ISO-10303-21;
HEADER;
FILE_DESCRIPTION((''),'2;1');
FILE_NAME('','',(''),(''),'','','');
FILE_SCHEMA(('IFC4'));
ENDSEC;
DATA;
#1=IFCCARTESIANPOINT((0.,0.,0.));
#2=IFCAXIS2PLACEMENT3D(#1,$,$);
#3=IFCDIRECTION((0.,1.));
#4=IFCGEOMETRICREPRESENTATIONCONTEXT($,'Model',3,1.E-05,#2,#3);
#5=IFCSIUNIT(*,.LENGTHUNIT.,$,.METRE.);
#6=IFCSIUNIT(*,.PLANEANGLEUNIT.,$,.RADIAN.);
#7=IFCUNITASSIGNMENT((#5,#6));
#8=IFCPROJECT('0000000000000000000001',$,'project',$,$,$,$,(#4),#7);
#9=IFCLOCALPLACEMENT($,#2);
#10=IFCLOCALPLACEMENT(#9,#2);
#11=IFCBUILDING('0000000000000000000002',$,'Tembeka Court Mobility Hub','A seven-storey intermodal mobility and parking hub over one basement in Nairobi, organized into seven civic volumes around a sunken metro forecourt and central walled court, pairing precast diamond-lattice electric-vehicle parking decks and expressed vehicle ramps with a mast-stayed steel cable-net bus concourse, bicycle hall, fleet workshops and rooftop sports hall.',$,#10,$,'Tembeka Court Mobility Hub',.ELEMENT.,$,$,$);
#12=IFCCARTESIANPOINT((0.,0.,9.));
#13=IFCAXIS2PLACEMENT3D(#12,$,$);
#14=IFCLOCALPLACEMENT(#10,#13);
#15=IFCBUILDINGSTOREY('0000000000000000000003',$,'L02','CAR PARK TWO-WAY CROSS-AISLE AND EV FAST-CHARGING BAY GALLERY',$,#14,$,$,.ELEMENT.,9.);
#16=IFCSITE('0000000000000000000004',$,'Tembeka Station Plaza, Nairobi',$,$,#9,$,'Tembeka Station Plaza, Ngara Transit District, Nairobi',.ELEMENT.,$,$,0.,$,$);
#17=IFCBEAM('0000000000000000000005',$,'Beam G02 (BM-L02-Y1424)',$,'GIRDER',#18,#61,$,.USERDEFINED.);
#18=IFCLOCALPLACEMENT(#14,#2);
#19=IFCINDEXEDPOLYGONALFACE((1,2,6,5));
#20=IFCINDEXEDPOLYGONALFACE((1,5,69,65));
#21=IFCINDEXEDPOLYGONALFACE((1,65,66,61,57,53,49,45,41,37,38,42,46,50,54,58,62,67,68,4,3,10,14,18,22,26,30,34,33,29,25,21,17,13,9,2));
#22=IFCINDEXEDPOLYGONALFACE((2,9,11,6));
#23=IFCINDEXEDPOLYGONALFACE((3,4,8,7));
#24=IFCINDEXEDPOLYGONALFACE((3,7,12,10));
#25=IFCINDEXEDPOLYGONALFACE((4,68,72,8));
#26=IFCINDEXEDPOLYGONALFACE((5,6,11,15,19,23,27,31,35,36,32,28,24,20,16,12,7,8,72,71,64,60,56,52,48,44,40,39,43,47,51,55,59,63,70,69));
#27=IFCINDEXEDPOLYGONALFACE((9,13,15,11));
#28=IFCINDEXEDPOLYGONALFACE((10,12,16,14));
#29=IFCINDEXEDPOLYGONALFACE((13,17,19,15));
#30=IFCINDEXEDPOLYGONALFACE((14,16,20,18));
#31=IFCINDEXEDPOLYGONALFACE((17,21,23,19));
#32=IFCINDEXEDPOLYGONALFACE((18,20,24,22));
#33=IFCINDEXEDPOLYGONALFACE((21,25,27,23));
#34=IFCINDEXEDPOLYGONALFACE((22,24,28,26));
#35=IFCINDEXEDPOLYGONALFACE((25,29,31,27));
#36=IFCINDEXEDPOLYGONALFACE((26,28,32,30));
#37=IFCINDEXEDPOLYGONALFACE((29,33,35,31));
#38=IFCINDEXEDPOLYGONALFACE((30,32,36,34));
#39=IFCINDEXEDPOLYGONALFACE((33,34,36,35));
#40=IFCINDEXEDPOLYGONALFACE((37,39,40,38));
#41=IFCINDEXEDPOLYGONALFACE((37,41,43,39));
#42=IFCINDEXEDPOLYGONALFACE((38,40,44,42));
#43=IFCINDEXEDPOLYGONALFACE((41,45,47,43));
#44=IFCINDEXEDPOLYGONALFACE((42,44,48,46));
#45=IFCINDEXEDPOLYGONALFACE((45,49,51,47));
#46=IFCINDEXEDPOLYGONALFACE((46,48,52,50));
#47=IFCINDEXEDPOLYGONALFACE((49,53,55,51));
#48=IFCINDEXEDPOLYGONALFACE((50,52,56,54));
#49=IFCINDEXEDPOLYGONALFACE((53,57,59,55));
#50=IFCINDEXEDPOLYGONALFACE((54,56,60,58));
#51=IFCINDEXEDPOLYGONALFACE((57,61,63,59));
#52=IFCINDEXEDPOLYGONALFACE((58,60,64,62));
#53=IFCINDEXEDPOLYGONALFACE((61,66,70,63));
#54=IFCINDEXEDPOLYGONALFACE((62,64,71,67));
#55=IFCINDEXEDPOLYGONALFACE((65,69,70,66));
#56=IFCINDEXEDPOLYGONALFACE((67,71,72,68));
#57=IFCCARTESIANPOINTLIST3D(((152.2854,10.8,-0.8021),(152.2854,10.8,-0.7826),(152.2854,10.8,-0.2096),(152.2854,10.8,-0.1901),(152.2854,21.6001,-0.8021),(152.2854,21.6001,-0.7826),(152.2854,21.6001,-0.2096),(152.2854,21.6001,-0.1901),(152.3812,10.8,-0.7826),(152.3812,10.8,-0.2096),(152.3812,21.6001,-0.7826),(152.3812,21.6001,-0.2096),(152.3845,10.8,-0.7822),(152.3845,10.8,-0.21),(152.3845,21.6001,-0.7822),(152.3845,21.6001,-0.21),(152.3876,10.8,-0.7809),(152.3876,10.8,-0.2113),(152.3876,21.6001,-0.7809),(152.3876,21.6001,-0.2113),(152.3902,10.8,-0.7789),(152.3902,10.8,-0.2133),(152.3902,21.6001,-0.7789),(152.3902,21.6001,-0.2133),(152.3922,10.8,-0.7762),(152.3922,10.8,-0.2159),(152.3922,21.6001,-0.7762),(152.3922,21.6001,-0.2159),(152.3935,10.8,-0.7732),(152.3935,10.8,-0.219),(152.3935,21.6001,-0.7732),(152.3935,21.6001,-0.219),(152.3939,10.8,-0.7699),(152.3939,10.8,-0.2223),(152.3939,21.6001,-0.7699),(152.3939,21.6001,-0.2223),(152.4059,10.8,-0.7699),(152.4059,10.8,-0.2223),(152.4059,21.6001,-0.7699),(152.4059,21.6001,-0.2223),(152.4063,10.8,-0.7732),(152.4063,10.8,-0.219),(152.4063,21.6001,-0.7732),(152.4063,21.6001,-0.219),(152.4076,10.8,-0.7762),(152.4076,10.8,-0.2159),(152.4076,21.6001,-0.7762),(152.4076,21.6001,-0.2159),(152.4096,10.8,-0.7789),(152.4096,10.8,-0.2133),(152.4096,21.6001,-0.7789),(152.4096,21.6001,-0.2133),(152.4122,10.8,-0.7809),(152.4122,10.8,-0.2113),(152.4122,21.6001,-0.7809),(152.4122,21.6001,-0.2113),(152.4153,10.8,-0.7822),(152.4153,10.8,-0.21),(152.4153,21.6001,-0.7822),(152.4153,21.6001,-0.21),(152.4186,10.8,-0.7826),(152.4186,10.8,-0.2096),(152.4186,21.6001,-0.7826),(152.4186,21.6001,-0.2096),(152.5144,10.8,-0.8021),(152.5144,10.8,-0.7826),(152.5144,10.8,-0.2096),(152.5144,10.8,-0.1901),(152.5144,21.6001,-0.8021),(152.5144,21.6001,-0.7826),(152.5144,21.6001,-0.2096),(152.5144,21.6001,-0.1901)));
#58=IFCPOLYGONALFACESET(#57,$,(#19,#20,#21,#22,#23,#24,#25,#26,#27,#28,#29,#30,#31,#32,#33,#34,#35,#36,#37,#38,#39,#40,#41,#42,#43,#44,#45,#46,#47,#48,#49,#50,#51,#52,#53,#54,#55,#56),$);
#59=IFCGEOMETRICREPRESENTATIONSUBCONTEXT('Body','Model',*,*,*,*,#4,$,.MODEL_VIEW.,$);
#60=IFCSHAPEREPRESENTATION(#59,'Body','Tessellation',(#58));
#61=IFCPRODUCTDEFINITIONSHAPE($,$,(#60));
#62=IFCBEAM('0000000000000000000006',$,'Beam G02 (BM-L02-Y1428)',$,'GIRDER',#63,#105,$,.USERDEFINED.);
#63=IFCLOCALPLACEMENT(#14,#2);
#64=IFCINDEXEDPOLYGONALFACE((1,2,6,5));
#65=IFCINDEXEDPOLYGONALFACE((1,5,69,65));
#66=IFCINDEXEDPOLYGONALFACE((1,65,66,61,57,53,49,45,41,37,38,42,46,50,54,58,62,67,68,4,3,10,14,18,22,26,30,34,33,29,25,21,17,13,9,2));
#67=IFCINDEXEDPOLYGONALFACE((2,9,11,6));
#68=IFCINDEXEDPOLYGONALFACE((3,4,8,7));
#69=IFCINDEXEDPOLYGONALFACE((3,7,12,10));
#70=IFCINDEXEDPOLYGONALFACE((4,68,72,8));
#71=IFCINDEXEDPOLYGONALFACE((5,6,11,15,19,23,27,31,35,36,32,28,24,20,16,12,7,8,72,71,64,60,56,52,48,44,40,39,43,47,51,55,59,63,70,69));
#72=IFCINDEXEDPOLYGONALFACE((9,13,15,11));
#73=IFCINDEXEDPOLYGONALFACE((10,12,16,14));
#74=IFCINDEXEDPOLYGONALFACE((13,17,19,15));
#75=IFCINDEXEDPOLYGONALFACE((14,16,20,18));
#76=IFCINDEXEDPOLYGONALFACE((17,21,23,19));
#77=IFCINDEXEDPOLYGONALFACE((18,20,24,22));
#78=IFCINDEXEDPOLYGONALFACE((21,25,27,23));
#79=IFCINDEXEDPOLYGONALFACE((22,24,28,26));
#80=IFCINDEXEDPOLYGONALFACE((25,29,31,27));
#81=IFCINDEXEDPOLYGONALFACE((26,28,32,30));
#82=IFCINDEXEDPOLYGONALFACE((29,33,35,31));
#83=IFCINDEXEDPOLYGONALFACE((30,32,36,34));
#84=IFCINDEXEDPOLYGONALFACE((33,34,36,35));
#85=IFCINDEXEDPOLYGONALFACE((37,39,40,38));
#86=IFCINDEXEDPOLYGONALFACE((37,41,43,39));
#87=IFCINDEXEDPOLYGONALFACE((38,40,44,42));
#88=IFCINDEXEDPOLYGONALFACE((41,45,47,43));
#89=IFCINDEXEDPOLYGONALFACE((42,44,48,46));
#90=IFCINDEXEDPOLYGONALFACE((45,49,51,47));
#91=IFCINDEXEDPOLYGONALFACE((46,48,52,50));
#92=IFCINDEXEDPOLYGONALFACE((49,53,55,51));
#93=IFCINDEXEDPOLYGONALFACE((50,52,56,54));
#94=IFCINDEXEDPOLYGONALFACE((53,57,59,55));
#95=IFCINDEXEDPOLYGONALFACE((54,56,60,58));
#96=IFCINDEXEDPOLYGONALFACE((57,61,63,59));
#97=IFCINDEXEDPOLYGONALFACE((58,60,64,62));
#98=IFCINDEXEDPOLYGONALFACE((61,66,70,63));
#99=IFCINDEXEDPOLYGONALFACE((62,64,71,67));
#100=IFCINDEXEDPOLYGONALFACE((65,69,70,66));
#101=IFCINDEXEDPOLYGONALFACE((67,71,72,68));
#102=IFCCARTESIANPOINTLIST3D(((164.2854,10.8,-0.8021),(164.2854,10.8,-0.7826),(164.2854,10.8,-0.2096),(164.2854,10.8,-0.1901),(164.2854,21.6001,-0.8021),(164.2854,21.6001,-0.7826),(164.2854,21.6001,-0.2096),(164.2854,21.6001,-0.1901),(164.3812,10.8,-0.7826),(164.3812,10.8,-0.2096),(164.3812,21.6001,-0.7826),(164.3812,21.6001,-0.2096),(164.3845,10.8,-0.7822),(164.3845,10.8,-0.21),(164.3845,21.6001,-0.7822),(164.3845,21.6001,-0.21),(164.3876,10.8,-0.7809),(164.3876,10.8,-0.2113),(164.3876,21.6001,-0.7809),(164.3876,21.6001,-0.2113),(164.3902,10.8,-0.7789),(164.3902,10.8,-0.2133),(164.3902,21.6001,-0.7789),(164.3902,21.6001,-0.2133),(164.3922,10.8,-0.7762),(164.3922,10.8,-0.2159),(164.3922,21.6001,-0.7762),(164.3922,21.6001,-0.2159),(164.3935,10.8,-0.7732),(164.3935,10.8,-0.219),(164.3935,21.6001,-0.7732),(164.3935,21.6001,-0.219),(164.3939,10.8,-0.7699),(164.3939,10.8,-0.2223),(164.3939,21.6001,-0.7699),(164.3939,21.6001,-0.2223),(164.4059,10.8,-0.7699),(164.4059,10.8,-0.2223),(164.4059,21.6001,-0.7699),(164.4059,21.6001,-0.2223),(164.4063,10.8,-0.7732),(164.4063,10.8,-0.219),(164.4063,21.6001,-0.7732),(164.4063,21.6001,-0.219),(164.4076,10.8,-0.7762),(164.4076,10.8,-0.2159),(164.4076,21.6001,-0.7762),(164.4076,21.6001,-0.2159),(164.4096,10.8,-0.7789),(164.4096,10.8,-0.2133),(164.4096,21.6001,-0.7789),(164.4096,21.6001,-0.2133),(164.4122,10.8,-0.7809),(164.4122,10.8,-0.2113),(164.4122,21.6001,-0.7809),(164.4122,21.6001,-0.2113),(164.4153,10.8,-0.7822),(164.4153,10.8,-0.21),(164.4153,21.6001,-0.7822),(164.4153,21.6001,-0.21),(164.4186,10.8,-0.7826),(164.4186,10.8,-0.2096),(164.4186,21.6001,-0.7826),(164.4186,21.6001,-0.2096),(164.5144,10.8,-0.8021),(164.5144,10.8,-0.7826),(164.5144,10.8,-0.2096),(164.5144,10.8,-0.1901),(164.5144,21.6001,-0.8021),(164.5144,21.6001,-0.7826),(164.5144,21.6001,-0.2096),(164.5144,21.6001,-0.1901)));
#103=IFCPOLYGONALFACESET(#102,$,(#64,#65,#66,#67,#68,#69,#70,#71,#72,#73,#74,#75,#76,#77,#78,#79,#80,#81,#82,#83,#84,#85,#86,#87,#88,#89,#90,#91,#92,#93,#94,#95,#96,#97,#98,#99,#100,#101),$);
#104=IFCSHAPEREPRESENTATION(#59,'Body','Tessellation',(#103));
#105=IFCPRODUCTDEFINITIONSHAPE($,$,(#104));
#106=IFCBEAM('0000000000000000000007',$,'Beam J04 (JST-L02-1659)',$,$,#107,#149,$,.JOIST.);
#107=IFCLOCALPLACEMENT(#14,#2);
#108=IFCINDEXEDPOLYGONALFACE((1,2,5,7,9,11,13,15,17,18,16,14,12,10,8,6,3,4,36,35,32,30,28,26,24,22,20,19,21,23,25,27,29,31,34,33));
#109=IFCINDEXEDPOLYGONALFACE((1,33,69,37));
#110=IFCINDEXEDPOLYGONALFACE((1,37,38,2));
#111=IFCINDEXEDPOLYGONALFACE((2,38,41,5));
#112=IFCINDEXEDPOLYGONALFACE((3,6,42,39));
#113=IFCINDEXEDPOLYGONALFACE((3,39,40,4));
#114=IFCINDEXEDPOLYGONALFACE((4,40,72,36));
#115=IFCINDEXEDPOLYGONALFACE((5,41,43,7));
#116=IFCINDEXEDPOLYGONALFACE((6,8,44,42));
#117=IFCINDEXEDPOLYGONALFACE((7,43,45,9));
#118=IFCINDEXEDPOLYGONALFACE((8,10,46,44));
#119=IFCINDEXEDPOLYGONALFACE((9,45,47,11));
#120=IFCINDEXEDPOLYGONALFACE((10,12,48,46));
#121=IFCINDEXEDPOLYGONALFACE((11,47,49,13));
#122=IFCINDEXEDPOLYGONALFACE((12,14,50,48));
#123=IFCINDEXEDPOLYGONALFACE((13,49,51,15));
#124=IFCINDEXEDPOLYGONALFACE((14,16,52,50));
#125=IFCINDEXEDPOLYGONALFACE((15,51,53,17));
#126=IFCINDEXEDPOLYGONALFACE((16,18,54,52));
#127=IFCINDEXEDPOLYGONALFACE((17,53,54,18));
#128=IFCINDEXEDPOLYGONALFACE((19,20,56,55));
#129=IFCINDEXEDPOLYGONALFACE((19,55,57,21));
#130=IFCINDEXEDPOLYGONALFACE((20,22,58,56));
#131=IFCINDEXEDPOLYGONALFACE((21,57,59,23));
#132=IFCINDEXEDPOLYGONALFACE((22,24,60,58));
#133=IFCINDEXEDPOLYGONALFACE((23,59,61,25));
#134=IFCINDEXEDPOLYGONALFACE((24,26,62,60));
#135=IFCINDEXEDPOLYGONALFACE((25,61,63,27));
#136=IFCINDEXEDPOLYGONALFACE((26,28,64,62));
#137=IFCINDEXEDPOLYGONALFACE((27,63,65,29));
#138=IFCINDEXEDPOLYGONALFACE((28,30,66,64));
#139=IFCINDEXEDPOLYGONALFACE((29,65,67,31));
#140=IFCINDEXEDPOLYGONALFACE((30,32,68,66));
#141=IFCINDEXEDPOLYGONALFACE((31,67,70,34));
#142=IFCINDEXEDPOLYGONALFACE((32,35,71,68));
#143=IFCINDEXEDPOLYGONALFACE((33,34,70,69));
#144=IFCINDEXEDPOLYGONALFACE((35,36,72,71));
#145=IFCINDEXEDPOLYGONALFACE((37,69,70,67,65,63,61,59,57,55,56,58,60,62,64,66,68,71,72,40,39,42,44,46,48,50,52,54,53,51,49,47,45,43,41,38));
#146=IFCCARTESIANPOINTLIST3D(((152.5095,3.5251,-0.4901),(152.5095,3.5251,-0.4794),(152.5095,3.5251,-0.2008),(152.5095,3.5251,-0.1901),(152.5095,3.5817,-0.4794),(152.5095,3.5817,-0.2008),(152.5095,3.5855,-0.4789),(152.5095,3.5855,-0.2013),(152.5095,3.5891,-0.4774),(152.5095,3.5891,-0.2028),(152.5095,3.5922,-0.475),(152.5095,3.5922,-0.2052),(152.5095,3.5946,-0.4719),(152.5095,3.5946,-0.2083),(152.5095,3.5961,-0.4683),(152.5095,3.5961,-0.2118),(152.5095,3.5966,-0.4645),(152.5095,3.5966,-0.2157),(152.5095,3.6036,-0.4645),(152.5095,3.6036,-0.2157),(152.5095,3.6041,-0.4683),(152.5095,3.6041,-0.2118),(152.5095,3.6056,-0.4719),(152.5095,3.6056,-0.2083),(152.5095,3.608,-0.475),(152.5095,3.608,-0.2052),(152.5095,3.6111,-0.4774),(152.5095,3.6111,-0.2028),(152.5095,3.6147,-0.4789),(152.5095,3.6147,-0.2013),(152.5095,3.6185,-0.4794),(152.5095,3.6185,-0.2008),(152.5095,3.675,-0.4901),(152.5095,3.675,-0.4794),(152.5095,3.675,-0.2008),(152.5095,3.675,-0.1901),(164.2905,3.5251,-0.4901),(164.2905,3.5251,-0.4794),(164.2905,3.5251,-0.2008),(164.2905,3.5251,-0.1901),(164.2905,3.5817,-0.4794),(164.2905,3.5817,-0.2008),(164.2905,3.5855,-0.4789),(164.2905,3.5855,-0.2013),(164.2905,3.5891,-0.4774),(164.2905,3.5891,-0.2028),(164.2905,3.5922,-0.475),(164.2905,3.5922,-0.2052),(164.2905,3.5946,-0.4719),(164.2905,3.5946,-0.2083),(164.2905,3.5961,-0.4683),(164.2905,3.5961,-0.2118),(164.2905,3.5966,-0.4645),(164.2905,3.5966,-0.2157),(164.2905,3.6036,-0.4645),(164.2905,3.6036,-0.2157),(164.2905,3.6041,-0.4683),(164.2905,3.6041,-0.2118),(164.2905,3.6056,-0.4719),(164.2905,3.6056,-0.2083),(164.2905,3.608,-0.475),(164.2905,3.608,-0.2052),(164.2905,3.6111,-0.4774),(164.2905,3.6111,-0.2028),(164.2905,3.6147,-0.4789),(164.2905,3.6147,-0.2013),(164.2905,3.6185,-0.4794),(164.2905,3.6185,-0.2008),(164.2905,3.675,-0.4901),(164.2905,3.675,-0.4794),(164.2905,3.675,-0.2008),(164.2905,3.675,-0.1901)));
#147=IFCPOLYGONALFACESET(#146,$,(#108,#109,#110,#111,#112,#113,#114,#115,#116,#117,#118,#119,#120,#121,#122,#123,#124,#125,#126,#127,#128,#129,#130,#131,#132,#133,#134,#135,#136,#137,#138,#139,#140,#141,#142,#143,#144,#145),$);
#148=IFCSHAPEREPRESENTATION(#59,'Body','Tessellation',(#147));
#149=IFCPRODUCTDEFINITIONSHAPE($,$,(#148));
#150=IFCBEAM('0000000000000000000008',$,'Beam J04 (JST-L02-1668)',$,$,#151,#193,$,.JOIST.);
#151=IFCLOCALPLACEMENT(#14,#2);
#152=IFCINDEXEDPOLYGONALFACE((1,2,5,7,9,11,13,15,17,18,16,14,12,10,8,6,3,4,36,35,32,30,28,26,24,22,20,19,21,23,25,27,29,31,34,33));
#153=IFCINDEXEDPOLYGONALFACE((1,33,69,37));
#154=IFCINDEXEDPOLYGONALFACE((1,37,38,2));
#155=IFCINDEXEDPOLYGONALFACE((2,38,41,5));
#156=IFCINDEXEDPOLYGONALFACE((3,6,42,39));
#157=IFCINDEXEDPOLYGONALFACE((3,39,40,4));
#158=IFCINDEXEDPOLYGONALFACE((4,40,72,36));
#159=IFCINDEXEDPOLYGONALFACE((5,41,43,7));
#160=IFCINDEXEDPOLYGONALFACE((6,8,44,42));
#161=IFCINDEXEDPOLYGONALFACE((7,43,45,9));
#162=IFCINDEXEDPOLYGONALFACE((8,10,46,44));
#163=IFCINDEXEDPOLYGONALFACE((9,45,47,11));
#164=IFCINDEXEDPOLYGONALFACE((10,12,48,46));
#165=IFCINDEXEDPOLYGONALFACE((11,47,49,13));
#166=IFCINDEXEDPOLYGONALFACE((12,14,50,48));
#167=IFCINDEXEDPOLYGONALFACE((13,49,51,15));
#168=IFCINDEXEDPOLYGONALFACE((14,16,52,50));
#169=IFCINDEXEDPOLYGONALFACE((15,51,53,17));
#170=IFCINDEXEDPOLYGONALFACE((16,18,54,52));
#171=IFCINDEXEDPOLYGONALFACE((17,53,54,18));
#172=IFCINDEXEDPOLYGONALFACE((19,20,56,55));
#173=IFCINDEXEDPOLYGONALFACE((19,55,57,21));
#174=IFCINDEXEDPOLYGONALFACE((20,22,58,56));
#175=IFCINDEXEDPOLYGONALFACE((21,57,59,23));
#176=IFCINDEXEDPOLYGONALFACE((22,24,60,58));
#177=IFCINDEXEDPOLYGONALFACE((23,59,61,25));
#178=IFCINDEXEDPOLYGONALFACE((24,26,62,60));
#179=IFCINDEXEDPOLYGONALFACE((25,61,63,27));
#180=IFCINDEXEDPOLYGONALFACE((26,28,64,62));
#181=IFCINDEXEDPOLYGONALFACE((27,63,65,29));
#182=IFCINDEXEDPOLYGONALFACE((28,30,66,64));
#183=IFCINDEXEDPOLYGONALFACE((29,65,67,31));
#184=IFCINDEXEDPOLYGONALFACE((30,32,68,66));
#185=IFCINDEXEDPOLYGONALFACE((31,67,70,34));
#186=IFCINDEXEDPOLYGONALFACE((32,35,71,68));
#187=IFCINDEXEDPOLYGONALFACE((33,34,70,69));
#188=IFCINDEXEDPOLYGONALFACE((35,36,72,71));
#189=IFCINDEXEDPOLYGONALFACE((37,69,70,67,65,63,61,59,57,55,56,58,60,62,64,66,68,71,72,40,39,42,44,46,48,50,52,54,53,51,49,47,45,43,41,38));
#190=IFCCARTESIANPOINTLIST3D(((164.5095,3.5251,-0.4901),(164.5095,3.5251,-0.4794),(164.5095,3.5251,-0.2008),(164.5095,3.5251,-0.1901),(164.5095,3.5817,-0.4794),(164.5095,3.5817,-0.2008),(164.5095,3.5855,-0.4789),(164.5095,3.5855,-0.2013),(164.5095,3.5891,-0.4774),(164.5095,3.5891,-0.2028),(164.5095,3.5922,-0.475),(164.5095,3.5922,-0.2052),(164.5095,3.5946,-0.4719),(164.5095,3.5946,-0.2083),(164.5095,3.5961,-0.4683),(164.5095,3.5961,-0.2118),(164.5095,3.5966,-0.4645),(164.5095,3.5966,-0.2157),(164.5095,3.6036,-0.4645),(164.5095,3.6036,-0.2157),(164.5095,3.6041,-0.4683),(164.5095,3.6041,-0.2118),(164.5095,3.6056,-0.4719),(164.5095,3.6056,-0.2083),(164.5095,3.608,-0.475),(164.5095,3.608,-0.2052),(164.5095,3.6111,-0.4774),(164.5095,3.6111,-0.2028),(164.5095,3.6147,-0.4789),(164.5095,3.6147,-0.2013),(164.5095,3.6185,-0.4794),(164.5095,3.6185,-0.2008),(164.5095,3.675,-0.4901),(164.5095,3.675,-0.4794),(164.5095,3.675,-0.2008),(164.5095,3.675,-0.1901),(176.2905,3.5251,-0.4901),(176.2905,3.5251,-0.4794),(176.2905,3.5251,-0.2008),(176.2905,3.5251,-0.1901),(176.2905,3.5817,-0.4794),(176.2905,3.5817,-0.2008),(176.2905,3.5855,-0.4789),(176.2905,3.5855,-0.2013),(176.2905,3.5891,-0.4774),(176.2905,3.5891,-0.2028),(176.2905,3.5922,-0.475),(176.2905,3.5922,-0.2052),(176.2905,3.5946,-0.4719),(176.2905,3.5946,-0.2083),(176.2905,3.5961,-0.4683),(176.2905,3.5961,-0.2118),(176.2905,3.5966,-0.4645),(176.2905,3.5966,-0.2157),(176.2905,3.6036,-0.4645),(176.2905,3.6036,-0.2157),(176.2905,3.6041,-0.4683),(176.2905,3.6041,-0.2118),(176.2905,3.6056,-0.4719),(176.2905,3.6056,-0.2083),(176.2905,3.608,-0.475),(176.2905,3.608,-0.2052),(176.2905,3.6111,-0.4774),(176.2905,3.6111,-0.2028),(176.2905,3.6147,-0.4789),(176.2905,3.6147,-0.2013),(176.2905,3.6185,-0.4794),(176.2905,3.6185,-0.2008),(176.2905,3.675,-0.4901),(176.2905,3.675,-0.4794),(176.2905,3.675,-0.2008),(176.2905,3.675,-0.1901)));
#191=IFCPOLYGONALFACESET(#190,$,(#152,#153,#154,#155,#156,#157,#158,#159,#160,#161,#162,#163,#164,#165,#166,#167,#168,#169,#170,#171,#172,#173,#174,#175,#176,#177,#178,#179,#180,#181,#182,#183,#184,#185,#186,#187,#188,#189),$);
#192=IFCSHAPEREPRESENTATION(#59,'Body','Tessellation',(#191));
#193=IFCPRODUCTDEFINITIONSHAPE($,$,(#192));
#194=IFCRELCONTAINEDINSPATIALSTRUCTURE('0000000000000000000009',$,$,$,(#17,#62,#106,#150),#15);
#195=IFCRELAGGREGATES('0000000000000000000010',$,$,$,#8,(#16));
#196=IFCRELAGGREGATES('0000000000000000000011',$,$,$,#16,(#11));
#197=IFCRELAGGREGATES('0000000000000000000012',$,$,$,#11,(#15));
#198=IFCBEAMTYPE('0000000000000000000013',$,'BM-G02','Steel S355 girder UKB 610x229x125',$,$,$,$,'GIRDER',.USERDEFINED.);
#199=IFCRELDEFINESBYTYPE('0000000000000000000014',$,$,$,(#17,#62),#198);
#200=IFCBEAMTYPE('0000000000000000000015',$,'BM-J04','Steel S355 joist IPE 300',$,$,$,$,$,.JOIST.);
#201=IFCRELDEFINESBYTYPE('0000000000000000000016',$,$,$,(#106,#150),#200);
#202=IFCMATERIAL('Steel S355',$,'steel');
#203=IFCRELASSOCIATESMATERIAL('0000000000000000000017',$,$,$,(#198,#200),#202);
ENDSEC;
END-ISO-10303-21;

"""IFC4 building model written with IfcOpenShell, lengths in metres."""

from ifc_helpers import new_model, si_unit, direction, frame, origin, origin_2d, place, context, subcontext, project, spatial, i_section, extrude, material, material_profile, profile_set, type_object, element, save


model = new_model("IFC4")

# Units and contexts
model_context = context("Model", 3, precision=1e-05, world=origin(), true_north=direction((0.0, 1.0)))
body_context = subcontext(model_context, "Body", "Model", "MODEL_VIEW")
ifc_project = project(units=[si_unit("LENGTHUNIT", "METRE"), si_unit("PLANEANGLEUNIT", "RADIAN")], contexts=[model_context])

# Site, building, storey
site_placement = place(None, origin())
site = spatial("IfcSite", under=ifc_project, at=site_placement, Name="Tembeka Station Plaza, Nairobi", LongName="Tembeka Station Plaza, Ngara Transit District, Nairobi", CompositionType="ELEMENT", RefElevation=0.0)
building_placement = place(site_placement, origin())
building = spatial("IfcBuilding", under=site, at=building_placement, Name="Tembeka Court Mobility Hub", Description="A seven-storey intermodal mobility and parking hub over one basement in Nairobi, organized into seven civic volumes around a sunken metro forecourt and central walled court, pairing precast diamond-lattice electric-vehicle parking decks and expressed vehicle ramps with a mast-stayed steel cable-net bus concourse, bicycle hall, fleet workshops and rooftop sports hall.", LongName="Tembeka Court Mobility Hub", CompositionType="ELEMENT")
storey_placement = place(building_placement, frame((0.0, 0.0, 9.0)))
storey = spatial("IfcBuildingStorey", under=building, at=storey_placement, Name="L02", Description="CAR PARK TWO-WAY CROSS-AISLE AND EV FAST-CHARGING BAY GALLERY", CompositionType="ELEMENT", Elevation=9.0)

# Shared definitions
ifc_material_1 = material(Name="Steel S355", Category="steel")

# Beams
ifc_material_profile_1 = material_profile(ifc_material_1, i_section(OverallWidth=0.229, OverallDepth=0.6121, WebThickness=0.012, FlangeThickness=0.0195, FilletRadius=0.0127, at=origin_2d()), Name="UKB 610x229x125")
ifc_profile_set_1 = profile_set([ifc_material_profile_1], Name="Steel S355")
beam_type_1 = type_object("IfcBeamType", Name="BM-G02", Description="Steel S355 girder UKB 610x229x125", ElementType="GIRDER", PredefinedType="USERDEFINED", material=ifc_profile_set_1)
for number, where, z_axis, x_axis, name in (
    (1, (152.3999, 10.8, -0.4961), (0.0, 1.0, 0.0), (-1.0, 0.0, 0.0), "Beam G02 (BM-L02-Y1424)"),
    (2, (164.3999, 10.8, -0.4961), (0.0, 1.0, 0.0), (-1.0, 0.0, 0.0), "Beam G02 (BM-L02-Y1428)"),
):
    element("IfcBeam", number, at=place(storey_placement, frame(where, z_axis=z_axis, x_axis=x_axis)), inside=storey, type_object=beam_type_1, Name=name, ObjectType="GIRDER", PredefinedType="USERDEFINED", context=body_context, shape_type="SweptSolid", body=[
        extrude(i_section(OverallWidth=0.229, OverallDepth=0.6121, WebThickness=0.012, FlangeThickness=0.0195, FilletRadius=0.0127, at=origin_2d()), origin(), (0.0, 0.0, 1.0), 10.8),
    ])
ifc_material_profile_2 = material_profile(ifc_material_1, i_section(OverallWidth=0.1499, OverallDepth=0.3, WebThickness=0.0071, FlangeThickness=0.0107, FilletRadius=0.0149, at=origin_2d()), Name="IPE 300")
ifc_profile_set_2 = profile_set([ifc_material_profile_2], Name="Steel S355")
beam_type_2 = type_object("IfcBeamType", Name="BM-J04", Description="Steel S355 joist IPE 300", PredefinedType="JOIST", material=ifc_profile_set_2)
for number, where, z_axis, x_axis, name in (
    (3, (152.5095, 3.6001, -0.3401), (1.0, 0.0, 0.0), (0.0, 1.0, 0.0), "Beam J04 (JST-L02-1659)"),
    (4, (164.5095, 3.6001, -0.3401), (1.0, 0.0, 0.0), (0.0, 1.0, 0.0), "Beam J04 (JST-L02-1668)"),
):
    element("IfcBeam", number, at=place(storey_placement, frame(where, z_axis=z_axis, x_axis=x_axis)), inside=storey, type_object=beam_type_2, Name=name, PredefinedType="JOIST", context=body_context, shape_type="SweptSolid", body=[
        extrude(i_section(OverallWidth=0.1499, OverallDepth=0.3, WebThickness=0.0071, FlangeThickness=0.0107, FilletRadius=0.0149, at=origin_2d()), origin(), (0.0, 0.0, 1.0), 11.781),
    ])

save(model, "model.ifc")
